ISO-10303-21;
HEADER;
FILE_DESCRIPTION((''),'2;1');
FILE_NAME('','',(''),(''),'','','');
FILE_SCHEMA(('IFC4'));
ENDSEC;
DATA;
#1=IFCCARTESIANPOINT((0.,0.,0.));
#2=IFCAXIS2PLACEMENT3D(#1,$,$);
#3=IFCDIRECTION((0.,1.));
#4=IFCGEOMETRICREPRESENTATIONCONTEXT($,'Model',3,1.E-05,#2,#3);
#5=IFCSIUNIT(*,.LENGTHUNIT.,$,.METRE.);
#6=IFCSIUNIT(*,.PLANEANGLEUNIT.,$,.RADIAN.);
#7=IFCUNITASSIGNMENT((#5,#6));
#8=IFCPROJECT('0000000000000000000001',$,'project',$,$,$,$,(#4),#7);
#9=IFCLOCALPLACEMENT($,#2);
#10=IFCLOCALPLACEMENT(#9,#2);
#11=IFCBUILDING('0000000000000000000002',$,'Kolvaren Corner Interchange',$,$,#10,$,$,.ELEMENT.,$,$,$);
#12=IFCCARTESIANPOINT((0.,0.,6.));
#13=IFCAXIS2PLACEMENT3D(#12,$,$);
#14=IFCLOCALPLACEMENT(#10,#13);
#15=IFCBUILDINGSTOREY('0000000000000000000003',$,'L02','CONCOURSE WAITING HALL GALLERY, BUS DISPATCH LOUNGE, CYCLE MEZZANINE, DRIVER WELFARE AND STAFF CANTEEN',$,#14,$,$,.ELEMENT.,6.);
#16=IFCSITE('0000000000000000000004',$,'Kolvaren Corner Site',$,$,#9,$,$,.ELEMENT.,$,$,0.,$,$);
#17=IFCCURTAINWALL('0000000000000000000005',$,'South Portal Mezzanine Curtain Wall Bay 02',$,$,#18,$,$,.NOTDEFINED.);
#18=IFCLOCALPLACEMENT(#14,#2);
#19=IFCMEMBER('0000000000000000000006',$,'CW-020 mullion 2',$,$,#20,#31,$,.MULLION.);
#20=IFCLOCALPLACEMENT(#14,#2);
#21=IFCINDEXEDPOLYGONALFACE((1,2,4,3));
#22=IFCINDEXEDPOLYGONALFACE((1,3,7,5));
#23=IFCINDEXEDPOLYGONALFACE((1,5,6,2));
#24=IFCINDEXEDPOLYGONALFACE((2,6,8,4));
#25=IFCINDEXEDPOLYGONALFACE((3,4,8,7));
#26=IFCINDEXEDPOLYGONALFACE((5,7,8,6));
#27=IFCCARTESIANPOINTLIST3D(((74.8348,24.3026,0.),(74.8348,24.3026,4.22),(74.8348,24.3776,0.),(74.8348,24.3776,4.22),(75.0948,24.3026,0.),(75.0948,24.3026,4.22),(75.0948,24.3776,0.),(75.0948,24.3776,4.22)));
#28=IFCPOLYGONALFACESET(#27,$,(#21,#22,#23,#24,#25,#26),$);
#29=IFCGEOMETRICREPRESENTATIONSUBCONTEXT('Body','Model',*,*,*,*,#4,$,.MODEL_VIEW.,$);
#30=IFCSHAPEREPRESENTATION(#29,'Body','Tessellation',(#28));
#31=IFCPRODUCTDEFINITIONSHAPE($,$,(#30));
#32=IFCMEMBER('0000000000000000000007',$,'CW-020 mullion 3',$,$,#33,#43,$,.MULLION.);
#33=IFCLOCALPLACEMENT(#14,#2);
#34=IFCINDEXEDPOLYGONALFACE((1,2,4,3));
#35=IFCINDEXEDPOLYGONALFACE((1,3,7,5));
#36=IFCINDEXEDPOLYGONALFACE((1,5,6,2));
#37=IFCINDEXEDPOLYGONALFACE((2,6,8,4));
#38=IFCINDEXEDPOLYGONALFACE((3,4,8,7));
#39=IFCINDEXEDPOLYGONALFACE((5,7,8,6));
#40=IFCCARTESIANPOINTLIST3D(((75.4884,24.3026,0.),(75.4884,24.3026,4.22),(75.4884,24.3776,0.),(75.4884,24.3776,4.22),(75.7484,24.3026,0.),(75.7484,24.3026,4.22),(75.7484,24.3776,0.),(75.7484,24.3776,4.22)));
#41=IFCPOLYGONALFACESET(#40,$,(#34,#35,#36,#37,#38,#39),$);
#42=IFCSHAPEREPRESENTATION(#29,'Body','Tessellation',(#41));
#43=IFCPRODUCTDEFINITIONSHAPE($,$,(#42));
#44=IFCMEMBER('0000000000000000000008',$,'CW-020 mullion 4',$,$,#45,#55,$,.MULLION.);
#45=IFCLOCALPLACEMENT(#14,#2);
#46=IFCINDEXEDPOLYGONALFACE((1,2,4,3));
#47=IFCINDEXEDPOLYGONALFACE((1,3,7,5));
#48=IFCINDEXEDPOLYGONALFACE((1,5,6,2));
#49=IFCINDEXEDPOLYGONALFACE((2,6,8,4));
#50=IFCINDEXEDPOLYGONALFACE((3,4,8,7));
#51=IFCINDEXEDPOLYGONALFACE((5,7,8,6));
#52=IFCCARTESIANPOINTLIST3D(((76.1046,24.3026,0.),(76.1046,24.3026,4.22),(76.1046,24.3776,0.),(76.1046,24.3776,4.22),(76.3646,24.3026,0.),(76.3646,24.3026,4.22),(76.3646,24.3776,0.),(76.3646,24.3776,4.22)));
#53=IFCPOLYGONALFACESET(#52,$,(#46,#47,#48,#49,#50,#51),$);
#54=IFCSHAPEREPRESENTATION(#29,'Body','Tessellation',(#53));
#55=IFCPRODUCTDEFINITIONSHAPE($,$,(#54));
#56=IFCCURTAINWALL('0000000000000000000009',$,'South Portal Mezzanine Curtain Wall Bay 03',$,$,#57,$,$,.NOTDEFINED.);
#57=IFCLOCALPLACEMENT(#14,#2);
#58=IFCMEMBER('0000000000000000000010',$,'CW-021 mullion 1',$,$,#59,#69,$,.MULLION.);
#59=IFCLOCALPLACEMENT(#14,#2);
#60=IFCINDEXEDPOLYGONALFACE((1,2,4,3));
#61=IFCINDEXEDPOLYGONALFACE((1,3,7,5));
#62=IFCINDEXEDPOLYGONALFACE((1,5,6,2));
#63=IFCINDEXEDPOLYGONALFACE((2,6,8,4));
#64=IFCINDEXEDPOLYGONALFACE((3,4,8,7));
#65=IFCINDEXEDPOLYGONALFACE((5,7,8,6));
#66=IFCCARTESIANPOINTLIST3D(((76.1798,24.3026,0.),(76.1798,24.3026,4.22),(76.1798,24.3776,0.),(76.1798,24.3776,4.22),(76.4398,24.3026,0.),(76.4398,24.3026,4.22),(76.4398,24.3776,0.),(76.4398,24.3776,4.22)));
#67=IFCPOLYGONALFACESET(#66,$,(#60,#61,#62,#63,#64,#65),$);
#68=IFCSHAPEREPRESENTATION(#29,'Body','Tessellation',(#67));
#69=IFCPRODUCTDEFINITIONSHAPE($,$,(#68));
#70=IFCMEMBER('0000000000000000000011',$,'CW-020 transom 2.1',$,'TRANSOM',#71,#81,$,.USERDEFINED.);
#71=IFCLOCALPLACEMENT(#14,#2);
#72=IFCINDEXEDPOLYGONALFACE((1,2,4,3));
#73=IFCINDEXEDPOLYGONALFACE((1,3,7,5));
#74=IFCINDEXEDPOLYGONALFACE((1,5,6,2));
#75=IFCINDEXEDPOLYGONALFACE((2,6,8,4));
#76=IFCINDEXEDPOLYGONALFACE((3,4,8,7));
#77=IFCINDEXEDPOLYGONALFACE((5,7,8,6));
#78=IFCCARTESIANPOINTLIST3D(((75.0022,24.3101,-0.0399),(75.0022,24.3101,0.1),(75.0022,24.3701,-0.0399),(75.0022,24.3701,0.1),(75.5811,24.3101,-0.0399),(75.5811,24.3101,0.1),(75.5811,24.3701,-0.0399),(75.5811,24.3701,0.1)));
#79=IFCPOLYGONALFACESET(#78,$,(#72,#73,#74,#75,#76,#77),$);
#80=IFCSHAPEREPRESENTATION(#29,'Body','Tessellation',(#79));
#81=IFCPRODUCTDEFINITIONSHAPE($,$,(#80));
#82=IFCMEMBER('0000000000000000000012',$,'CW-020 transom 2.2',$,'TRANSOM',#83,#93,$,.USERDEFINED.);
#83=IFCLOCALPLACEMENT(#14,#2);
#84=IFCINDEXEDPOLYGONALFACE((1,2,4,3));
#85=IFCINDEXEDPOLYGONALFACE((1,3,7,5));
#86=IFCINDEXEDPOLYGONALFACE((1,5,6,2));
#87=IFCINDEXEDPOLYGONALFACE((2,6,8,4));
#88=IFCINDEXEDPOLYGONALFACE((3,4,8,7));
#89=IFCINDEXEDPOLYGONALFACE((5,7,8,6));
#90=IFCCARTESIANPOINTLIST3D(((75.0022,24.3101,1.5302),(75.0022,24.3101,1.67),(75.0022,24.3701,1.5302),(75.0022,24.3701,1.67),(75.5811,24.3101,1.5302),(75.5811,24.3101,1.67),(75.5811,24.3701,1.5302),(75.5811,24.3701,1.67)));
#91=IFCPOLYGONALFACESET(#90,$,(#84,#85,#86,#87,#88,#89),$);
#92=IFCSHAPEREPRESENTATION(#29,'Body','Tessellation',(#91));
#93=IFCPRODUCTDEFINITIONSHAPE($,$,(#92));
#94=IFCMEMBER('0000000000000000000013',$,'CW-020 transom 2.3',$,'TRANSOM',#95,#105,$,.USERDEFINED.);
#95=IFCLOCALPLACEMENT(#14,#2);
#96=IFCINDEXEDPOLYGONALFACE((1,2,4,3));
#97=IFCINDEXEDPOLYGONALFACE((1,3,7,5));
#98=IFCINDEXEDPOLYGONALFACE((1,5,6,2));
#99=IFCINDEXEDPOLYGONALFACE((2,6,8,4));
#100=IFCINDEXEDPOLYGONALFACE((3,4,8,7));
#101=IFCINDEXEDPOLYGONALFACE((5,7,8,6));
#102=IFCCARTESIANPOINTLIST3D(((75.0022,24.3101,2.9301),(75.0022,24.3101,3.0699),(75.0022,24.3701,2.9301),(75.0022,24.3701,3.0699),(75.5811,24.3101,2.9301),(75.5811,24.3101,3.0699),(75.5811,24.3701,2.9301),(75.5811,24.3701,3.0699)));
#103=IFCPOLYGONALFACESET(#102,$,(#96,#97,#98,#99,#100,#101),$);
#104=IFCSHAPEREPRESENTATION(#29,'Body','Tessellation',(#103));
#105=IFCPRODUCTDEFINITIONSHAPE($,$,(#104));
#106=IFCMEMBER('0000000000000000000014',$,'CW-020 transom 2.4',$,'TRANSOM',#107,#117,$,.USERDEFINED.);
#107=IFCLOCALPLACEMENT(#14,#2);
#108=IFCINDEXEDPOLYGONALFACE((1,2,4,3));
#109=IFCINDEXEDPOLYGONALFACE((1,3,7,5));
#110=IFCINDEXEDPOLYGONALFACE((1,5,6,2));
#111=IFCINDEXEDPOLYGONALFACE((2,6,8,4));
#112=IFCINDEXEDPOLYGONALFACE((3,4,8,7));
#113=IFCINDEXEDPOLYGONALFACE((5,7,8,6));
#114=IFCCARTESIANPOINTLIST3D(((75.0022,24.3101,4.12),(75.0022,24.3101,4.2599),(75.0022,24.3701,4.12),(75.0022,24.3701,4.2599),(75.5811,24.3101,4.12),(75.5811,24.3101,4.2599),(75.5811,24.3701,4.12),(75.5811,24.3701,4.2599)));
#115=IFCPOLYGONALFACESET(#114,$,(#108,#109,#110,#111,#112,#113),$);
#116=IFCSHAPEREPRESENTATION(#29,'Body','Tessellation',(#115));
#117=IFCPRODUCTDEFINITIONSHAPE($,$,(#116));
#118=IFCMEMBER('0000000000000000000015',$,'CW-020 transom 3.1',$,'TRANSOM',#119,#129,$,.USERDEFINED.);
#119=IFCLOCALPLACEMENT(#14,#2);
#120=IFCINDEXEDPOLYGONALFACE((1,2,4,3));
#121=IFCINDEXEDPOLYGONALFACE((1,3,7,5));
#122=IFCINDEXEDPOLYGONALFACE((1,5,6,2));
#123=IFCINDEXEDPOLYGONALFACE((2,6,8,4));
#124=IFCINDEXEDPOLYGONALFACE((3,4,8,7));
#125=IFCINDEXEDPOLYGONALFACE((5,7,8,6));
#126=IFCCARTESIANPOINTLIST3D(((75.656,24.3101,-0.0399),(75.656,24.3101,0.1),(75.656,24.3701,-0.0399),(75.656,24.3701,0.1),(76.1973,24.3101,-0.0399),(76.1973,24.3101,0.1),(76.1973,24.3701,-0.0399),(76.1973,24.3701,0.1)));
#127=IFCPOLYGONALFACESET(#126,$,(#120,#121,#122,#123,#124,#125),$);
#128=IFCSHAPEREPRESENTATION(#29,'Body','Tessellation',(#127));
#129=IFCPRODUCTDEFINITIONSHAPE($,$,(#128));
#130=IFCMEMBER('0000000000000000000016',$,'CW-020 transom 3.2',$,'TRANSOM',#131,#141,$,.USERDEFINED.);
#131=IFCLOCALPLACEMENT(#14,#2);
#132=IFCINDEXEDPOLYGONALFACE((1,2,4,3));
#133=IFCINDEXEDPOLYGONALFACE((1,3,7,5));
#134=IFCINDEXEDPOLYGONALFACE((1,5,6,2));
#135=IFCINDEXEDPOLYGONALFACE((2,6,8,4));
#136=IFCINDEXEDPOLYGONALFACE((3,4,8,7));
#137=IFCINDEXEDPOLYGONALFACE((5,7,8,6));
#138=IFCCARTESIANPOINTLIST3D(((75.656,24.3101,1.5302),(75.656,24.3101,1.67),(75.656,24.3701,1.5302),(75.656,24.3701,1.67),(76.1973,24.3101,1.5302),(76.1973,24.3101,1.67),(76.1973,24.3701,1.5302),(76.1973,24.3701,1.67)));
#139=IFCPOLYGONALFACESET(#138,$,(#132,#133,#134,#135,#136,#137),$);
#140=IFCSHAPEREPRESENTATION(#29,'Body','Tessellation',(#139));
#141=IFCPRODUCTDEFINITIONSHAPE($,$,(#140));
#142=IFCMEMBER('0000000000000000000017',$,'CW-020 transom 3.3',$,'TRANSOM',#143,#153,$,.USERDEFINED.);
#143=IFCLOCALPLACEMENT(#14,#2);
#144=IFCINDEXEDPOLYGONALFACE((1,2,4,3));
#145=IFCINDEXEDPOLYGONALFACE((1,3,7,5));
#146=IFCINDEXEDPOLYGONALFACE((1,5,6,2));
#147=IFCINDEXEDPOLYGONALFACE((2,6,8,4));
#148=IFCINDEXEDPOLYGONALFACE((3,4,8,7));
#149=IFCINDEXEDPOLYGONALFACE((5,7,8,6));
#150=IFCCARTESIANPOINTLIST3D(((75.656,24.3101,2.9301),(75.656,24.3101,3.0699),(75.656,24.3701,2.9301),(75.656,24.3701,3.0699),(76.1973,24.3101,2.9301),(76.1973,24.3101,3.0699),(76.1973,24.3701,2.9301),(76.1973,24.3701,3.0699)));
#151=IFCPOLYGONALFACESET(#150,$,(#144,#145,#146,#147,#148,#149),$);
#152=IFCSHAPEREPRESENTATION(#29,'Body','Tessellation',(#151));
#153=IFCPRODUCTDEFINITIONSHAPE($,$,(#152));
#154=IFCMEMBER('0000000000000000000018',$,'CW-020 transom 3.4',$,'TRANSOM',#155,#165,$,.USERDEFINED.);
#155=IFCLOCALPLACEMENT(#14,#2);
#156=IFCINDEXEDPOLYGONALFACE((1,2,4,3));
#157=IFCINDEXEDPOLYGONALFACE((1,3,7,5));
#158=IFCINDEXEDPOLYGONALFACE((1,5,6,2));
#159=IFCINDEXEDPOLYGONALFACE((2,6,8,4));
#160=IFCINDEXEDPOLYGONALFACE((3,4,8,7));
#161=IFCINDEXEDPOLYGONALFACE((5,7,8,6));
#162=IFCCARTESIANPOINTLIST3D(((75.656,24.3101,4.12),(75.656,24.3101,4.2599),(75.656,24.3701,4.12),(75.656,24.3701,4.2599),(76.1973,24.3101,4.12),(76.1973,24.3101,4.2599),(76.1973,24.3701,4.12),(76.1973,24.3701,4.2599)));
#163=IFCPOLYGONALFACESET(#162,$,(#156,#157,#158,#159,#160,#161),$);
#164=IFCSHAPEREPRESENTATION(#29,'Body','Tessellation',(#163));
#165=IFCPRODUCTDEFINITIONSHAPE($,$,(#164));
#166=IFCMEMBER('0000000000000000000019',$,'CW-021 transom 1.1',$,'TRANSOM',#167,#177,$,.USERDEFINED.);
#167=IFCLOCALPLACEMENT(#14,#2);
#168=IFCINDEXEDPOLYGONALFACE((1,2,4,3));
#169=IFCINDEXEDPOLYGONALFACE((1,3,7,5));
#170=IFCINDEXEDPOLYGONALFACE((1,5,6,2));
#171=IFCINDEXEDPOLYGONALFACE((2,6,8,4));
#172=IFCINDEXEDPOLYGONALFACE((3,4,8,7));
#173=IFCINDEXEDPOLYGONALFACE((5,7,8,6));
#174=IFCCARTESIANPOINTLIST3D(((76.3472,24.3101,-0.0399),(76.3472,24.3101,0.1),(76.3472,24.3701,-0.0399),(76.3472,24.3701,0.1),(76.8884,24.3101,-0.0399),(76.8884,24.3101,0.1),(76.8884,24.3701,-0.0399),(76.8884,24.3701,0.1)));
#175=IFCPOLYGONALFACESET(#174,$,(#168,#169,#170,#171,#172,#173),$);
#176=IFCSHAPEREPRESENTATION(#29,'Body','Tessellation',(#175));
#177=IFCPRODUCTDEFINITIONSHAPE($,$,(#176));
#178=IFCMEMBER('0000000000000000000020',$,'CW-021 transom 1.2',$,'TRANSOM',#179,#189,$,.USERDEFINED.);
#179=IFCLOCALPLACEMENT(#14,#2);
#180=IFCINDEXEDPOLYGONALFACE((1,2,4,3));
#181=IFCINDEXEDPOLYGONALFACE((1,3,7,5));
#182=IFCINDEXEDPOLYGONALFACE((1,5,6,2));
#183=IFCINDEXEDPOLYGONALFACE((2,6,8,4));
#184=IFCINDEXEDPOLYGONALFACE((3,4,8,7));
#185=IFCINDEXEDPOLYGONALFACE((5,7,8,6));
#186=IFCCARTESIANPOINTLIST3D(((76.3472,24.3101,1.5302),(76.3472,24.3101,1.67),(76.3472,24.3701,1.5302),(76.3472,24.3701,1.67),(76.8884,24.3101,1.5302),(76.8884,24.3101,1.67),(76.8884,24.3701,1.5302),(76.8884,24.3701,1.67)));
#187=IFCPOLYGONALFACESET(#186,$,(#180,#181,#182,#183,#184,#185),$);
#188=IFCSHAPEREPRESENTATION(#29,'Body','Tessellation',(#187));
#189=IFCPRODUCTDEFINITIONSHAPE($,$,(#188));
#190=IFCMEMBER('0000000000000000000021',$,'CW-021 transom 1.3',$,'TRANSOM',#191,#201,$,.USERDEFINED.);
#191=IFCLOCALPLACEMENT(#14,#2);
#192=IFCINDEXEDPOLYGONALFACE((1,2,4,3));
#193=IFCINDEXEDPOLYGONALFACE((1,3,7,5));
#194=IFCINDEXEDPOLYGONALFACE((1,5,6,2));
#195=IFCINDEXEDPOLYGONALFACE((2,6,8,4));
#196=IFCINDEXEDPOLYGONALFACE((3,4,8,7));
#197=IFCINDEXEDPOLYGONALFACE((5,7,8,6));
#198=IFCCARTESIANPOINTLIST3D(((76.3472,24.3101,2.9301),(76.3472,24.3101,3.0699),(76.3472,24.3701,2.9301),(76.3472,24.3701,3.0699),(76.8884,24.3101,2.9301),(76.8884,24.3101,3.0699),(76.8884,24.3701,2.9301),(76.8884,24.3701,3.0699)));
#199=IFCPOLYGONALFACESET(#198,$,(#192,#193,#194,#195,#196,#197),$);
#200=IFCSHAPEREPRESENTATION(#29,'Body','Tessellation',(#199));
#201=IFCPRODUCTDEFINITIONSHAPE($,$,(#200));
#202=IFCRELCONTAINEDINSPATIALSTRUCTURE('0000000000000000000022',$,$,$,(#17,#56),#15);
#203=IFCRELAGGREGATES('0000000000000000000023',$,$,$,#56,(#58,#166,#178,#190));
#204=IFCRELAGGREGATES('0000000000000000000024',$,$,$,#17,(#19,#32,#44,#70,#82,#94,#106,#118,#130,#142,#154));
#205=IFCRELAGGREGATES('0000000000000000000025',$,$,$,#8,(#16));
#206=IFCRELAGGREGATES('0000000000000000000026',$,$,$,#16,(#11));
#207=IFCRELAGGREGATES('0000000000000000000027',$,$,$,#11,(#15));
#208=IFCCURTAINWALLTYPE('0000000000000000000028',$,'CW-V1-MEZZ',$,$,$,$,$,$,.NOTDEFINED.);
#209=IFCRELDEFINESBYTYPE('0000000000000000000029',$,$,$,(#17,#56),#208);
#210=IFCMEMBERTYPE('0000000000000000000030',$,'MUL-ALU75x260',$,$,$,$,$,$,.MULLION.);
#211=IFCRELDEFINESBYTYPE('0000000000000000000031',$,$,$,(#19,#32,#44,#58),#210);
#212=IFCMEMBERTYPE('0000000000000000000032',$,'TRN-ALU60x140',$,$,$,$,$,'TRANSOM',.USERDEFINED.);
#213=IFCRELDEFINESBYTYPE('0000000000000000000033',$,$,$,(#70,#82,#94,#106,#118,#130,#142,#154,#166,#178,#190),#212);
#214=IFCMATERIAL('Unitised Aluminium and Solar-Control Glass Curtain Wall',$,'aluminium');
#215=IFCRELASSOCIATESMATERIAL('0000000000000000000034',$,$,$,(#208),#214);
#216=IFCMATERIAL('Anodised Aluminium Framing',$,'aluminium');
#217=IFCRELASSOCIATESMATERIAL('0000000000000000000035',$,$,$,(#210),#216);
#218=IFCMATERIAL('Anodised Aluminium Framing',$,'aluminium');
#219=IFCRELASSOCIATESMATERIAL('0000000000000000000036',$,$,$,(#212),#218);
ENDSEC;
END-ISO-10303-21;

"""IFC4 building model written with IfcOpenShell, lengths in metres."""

from ifc_helpers import new_model, si_unit, direction, frame, origin, origin_2d, place, context, subcontext, project, spatial, rectangle, extrude, material, material_profile, profile_set, type_object, element, aggregate, save


model = new_model("IFC4")

# Units and contexts
model_context = context("Model", 3, precision=1e-05, world=origin(), true_north=direction((0.0, 1.0)))
body_context = subcontext(model_context, "Body", "Model", "MODEL_VIEW")
ifc_project = project(units=[si_unit("LENGTHUNIT", "METRE"), si_unit("PLANEANGLEUNIT", "RADIAN")], contexts=[model_context])

# Site, building, storey
site_placement = place(None, origin())
site = spatial("IfcSite", under=ifc_project, at=site_placement, Name="Kolvaren Corner Site", CompositionType="ELEMENT", RefElevation=0.0)
building_placement = place(site_placement, origin())
building = spatial("IfcBuilding", under=site, at=building_placement, Name="Kolvaren Corner Interchange", CompositionType="ELEMENT")
storey_placement = place(building_placement, frame((0.0, 0.0, 6.0)))
storey = spatial("IfcBuildingStorey", under=building, at=storey_placement, Name="L02", Description="CONCOURSE WAITING HALL GALLERY, BUS DISPATCH LOUNGE, CYCLE MEZZANINE, DRIVER WELFARE AND STAFF CANTEEN", CompositionType="ELEMENT", Elevation=6.0)

# Curtain wall, members
ifc_material_1 = material(Name="Unitised Aluminium and Solar-Control Glass Curtain Wall", Category="aluminium")
curtain_wall_type = type_object("IfcCurtainWallType", Name="CW-V1-MEZZ", PredefinedType="NOTDEFINED", material=ifc_material_1)
curtain_wall_1_placement = place(storey_placement, origin())
curtain_wall_1 = element("IfcCurtainWall", 1, at=curtain_wall_1_placement, inside=storey, type_object=curtain_wall_type, Name="South Portal Mezzanine Curtain Wall Bay 02", PredefinedType="NOTDEFINED")
ifc_material_2 = material(Name="Anodised Aluminium Framing", Category="aluminium")
ifc_material_profile_1 = material_profile(ifc_material_2, rectangle(XDim=0.075, YDim=0.26, at=origin_2d()), Name="ALU 75x260")
ifc_profile_set_1 = profile_set([ifc_material_profile_1], Name="Anodised Aluminium Framing")
member_type_1 = type_object("IfcMemberType", Name="MUL-ALU75x260", PredefinedType="MULLION", material=ifc_profile_set_1)
member_1_placement = place(storey_placement, frame((74.9648, 24.3401, 0.0), z_axis=(0.0, 0.0, 1.0), x_axis=(0.0, 1.0, 0.0)))
member_1 = element("IfcMember", 2, at=member_1_placement, type_object=member_type_1, Name="CW-020 mullion 2", PredefinedType="MULLION", context=body_context, shape_type="SweptSolid", body=[
    extrude(rectangle(XDim=0.075, YDim=0.26, at=origin_2d()), origin(), (0.0, 0.0, 1.0), 4.22),
])
member_2_placement = place(storey_placement, frame((75.6184, 24.3401, 0.0), z_axis=(0.0, 0.0, 1.0), x_axis=(0.0, 1.0, 0.0)))
member_2 = element("IfcMember", 3, at=member_2_placement, type_object=member_type_1, Name="CW-020 mullion 3", PredefinedType="MULLION", context=body_context, shape_type="SweptSolid", body=[
    extrude(rectangle(XDim=0.075, YDim=0.26, at=origin_2d()), origin(), (0.0, 0.0, 1.0), 4.22),
])
member_3_placement = place(storey_placement, frame((76.2346, 24.3401, 0.0), z_axis=(0.0, 0.0, 1.0), x_axis=(0.0, 1.0, 0.0)))
member_3 = element("IfcMember", 4, at=member_3_placement, type_object=member_type_1, Name="CW-020 mullion 4", PredefinedType="MULLION", context=body_context, shape_type="SweptSolid", body=[
    extrude(rectangle(XDim=0.075, YDim=0.26, at=origin_2d()), origin(), (0.0, 0.0, 1.0), 4.22),
])

# Curtain wall, member
curtain_wall_2_placement = place(storey_placement, origin())
curtain_wall_2 = element("IfcCurtainWall", 5, at=curtain_wall_2_placement, inside=storey, type_object=curtain_wall_type, Name="South Portal Mezzanine Curtain Wall Bay 03", PredefinedType="NOTDEFINED")
member_4_placement = place(storey_placement, frame((76.3098, 24.3401, 0.0), z_axis=(0.0, 0.0, 1.0), x_axis=(0.0, 1.0, 0.0)))
member_4 = element("IfcMember", 6, at=member_4_placement, type_object=member_type_1, Name="CW-021 mullion 1", PredefinedType="MULLION", context=body_context, shape_type="SweptSolid", body=[
    extrude(rectangle(XDim=0.075, YDim=0.26, at=origin_2d()), origin(), (0.0, 0.0, 1.0), 4.22),
])

# Members
ifc_material_3 = material(Name="Anodised Aluminium Framing", Category="aluminium")
ifc_material_profile_2 = material_profile(ifc_material_3, rectangle(XDim=0.0601, YDim=0.1399, at=origin_2d()), Name="ALU 60x140")
ifc_profile_set_2 = profile_set([ifc_material_profile_2], Name="Anodised Aluminium Framing")
member_type_2 = type_object("IfcMemberType", Name="TRN-ALU60x140", ElementType="TRANSOM", PredefinedType="USERDEFINED", material=ifc_profile_set_2)
member_5_placement = place(storey_placement, frame((75.0022, 24.3401, 0.03), z_axis=(1.0, 0.0, 0.0), x_axis=(0.0, 1.0, 0.0)))
member_5 = element("IfcMember", 7, at=member_5_placement, type_object=member_type_2, Name="CW-020 transom 2.1", ObjectType="TRANSOM", PredefinedType="USERDEFINED", context=body_context, shape_type="SweptSolid", body=[
    extrude(rectangle(XDim=0.0601, YDim=0.1399, at=origin_2d()), origin(), (0.0, 0.0, 1.0), 0.5789),
])
member_6_placement = place(storey_placement, frame((75.0022, 24.3401, 1.6001), z_axis=(1.0, 0.0, 0.0), x_axis=(0.0, 1.0, 0.0)))
member_6 = element("IfcMember", 8, at=member_6_placement, type_object=member_type_2, Name="CW-020 transom 2.2", ObjectType="TRANSOM", PredefinedType="USERDEFINED", context=body_context, shape_type="SweptSolid", body=[
    extrude(rectangle(XDim=0.0601, YDim=0.1399, at=origin_2d()), origin(), (0.0, 0.0, 1.0), 0.5789),
])
member_7_placement = place(storey_placement, frame((75.0022, 24.3401, 3.0), z_axis=(1.0, 0.0, 0.0), x_axis=(0.0, 1.0, 0.0)))
member_7 = element("IfcMember", 9, at=member_7_placement, type_object=member_type_2, Name="CW-020 transom 2.3", ObjectType="TRANSOM", PredefinedType="USERDEFINED", context=body_context, shape_type="SweptSolid", body=[
    extrude(rectangle(XDim=0.0601, YDim=0.1399, at=origin_2d()), origin(), (0.0, 0.0, 1.0), 0.5789),
])
member_8_placement = place(storey_placement, frame((75.0022, 24.3401, 4.1899), z_axis=(1.0, 0.0, 0.0), x_axis=(0.0, 1.0, 0.0)))
member_8 = element("IfcMember", 10, at=member_8_placement, type_object=member_type_2, Name="CW-020 transom 2.4", ObjectType="TRANSOM", PredefinedType="USERDEFINED", context=body_context, shape_type="SweptSolid", body=[
    extrude(rectangle(XDim=0.0601, YDim=0.1399, at=origin_2d()), origin(), (0.0, 0.0, 1.0), 0.5789),
])
member_9_placement = place(storey_placement, frame((75.656, 24.3401, 0.03), z_axis=(1.0, 0.0, 0.0), x_axis=(0.0, 1.0, 0.0)))
member_9 = element("IfcMember", 11, at=member_9_placement, type_object=member_type_2, Name="CW-020 transom 3.1", ObjectType="TRANSOM", PredefinedType="USERDEFINED", context=body_context, shape_type="SweptSolid", body=[
    extrude(rectangle(XDim=0.0601, YDim=0.1399, at=origin_2d()), origin(), (0.0, 0.0, 1.0), 0.5413),
])
member_10_placement = place(storey_placement, frame((75.656, 24.3401, 1.6001), z_axis=(1.0, 0.0, 0.0), x_axis=(0.0, 1.0, 0.0)))
member_10 = element("IfcMember", 12, at=member_10_placement, type_object=member_type_2, Name="CW-020 transom 3.2", ObjectType="TRANSOM", PredefinedType="USERDEFINED", context=body_context, shape_type="SweptSolid", body=[
    extrude(rectangle(XDim=0.0601, YDim=0.1399, at=origin_2d()), origin(), (0.0, 0.0, 1.0), 0.5413),
])
member_11_placement = place(storey_placement, frame((75.656, 24.3401, 3.0), z_axis=(1.0, 0.0, 0.0), x_axis=(0.0, 1.0, 0.0)))
member_11 = element("IfcMember", 13, at=member_11_placement, type_object=member_type_2, Name="CW-020 transom 3.3", ObjectType="TRANSOM", PredefinedType="USERDEFINED", context=body_context, shape_type="SweptSolid", body=[
    extrude(rectangle(XDim=0.0601, YDim=0.1399, at=origin_2d()), origin(), (0.0, 0.0, 1.0), 0.5413),
])
member_12_placement = place(storey_placement, frame((75.656, 24.3401, 4.1899), z_axis=(1.0, 0.0, 0.0), x_axis=(0.0, 1.0, 0.0)))
member_12 = element("IfcMember", 14, at=member_12_placement, type_object=member_type_2, Name="CW-020 transom 3.4", ObjectType="TRANSOM", PredefinedType="USERDEFINED", context=body_context, shape_type="SweptSolid", body=[
    extrude(rectangle(XDim=0.0601, YDim=0.1399, at=origin_2d()), origin(), (0.0, 0.0, 1.0), 0.5413),
])
member_13_placement = place(storey_placement, frame((76.3472, 24.3401, 0.03), z_axis=(1.0, 0.0, 0.0), x_axis=(0.0, 1.0, 0.0)))
member_13 = element("IfcMember", 15, at=member_13_placement, type_object=member_type_2, Name="CW-021 transom 1.1", ObjectType="TRANSOM", PredefinedType="USERDEFINED", context=body_context, shape_type="SweptSolid", body=[
    extrude(rectangle(XDim=0.0601, YDim=0.1399, at=origin_2d()), origin(), (0.0, 0.0, 1.0), 0.5413),
])
member_14_placement = place(storey_placement, frame((76.3472, 24.3401, 1.6001), z_axis=(1.0, 0.0, 0.0), x_axis=(0.0, 1.0, 0.0)))
member_14 = element("IfcMember", 16, at=member_14_placement, type_object=member_type_2, Name="CW-021 transom 1.2", ObjectType="TRANSOM", PredefinedType="USERDEFINED", context=body_context, shape_type="SweptSolid", body=[
    extrude(rectangle(XDim=0.0601, YDim=0.1399, at=origin_2d()), origin(), (0.0, 0.0, 1.0), 0.5413),
])
member_15_placement = place(storey_placement, frame((76.3472, 24.3401, 3.0), z_axis=(1.0, 0.0, 0.0), x_axis=(0.0, 1.0, 0.0)))
member_15 = element("IfcMember", 17, at=member_15_placement, type_object=member_type_2, Name="CW-021 transom 1.3", ObjectType="TRANSOM", PredefinedType="USERDEFINED", context=body_context, shape_type="SweptSolid", body=[
    extrude(rectangle(XDim=0.0601, YDim=0.1399, at=origin_2d()), origin(), (0.0, 0.0, 1.0), 0.5413),
])
aggregate(curtain_wall_2, [member_4, member_13, member_14, member_15])

aggregate(curtain_wall_1, [member_1, member_2, member_3, member_5, member_6, member_7, member_8, member_9, member_10, member_11, member_12])

save(model, "model.ifc")
